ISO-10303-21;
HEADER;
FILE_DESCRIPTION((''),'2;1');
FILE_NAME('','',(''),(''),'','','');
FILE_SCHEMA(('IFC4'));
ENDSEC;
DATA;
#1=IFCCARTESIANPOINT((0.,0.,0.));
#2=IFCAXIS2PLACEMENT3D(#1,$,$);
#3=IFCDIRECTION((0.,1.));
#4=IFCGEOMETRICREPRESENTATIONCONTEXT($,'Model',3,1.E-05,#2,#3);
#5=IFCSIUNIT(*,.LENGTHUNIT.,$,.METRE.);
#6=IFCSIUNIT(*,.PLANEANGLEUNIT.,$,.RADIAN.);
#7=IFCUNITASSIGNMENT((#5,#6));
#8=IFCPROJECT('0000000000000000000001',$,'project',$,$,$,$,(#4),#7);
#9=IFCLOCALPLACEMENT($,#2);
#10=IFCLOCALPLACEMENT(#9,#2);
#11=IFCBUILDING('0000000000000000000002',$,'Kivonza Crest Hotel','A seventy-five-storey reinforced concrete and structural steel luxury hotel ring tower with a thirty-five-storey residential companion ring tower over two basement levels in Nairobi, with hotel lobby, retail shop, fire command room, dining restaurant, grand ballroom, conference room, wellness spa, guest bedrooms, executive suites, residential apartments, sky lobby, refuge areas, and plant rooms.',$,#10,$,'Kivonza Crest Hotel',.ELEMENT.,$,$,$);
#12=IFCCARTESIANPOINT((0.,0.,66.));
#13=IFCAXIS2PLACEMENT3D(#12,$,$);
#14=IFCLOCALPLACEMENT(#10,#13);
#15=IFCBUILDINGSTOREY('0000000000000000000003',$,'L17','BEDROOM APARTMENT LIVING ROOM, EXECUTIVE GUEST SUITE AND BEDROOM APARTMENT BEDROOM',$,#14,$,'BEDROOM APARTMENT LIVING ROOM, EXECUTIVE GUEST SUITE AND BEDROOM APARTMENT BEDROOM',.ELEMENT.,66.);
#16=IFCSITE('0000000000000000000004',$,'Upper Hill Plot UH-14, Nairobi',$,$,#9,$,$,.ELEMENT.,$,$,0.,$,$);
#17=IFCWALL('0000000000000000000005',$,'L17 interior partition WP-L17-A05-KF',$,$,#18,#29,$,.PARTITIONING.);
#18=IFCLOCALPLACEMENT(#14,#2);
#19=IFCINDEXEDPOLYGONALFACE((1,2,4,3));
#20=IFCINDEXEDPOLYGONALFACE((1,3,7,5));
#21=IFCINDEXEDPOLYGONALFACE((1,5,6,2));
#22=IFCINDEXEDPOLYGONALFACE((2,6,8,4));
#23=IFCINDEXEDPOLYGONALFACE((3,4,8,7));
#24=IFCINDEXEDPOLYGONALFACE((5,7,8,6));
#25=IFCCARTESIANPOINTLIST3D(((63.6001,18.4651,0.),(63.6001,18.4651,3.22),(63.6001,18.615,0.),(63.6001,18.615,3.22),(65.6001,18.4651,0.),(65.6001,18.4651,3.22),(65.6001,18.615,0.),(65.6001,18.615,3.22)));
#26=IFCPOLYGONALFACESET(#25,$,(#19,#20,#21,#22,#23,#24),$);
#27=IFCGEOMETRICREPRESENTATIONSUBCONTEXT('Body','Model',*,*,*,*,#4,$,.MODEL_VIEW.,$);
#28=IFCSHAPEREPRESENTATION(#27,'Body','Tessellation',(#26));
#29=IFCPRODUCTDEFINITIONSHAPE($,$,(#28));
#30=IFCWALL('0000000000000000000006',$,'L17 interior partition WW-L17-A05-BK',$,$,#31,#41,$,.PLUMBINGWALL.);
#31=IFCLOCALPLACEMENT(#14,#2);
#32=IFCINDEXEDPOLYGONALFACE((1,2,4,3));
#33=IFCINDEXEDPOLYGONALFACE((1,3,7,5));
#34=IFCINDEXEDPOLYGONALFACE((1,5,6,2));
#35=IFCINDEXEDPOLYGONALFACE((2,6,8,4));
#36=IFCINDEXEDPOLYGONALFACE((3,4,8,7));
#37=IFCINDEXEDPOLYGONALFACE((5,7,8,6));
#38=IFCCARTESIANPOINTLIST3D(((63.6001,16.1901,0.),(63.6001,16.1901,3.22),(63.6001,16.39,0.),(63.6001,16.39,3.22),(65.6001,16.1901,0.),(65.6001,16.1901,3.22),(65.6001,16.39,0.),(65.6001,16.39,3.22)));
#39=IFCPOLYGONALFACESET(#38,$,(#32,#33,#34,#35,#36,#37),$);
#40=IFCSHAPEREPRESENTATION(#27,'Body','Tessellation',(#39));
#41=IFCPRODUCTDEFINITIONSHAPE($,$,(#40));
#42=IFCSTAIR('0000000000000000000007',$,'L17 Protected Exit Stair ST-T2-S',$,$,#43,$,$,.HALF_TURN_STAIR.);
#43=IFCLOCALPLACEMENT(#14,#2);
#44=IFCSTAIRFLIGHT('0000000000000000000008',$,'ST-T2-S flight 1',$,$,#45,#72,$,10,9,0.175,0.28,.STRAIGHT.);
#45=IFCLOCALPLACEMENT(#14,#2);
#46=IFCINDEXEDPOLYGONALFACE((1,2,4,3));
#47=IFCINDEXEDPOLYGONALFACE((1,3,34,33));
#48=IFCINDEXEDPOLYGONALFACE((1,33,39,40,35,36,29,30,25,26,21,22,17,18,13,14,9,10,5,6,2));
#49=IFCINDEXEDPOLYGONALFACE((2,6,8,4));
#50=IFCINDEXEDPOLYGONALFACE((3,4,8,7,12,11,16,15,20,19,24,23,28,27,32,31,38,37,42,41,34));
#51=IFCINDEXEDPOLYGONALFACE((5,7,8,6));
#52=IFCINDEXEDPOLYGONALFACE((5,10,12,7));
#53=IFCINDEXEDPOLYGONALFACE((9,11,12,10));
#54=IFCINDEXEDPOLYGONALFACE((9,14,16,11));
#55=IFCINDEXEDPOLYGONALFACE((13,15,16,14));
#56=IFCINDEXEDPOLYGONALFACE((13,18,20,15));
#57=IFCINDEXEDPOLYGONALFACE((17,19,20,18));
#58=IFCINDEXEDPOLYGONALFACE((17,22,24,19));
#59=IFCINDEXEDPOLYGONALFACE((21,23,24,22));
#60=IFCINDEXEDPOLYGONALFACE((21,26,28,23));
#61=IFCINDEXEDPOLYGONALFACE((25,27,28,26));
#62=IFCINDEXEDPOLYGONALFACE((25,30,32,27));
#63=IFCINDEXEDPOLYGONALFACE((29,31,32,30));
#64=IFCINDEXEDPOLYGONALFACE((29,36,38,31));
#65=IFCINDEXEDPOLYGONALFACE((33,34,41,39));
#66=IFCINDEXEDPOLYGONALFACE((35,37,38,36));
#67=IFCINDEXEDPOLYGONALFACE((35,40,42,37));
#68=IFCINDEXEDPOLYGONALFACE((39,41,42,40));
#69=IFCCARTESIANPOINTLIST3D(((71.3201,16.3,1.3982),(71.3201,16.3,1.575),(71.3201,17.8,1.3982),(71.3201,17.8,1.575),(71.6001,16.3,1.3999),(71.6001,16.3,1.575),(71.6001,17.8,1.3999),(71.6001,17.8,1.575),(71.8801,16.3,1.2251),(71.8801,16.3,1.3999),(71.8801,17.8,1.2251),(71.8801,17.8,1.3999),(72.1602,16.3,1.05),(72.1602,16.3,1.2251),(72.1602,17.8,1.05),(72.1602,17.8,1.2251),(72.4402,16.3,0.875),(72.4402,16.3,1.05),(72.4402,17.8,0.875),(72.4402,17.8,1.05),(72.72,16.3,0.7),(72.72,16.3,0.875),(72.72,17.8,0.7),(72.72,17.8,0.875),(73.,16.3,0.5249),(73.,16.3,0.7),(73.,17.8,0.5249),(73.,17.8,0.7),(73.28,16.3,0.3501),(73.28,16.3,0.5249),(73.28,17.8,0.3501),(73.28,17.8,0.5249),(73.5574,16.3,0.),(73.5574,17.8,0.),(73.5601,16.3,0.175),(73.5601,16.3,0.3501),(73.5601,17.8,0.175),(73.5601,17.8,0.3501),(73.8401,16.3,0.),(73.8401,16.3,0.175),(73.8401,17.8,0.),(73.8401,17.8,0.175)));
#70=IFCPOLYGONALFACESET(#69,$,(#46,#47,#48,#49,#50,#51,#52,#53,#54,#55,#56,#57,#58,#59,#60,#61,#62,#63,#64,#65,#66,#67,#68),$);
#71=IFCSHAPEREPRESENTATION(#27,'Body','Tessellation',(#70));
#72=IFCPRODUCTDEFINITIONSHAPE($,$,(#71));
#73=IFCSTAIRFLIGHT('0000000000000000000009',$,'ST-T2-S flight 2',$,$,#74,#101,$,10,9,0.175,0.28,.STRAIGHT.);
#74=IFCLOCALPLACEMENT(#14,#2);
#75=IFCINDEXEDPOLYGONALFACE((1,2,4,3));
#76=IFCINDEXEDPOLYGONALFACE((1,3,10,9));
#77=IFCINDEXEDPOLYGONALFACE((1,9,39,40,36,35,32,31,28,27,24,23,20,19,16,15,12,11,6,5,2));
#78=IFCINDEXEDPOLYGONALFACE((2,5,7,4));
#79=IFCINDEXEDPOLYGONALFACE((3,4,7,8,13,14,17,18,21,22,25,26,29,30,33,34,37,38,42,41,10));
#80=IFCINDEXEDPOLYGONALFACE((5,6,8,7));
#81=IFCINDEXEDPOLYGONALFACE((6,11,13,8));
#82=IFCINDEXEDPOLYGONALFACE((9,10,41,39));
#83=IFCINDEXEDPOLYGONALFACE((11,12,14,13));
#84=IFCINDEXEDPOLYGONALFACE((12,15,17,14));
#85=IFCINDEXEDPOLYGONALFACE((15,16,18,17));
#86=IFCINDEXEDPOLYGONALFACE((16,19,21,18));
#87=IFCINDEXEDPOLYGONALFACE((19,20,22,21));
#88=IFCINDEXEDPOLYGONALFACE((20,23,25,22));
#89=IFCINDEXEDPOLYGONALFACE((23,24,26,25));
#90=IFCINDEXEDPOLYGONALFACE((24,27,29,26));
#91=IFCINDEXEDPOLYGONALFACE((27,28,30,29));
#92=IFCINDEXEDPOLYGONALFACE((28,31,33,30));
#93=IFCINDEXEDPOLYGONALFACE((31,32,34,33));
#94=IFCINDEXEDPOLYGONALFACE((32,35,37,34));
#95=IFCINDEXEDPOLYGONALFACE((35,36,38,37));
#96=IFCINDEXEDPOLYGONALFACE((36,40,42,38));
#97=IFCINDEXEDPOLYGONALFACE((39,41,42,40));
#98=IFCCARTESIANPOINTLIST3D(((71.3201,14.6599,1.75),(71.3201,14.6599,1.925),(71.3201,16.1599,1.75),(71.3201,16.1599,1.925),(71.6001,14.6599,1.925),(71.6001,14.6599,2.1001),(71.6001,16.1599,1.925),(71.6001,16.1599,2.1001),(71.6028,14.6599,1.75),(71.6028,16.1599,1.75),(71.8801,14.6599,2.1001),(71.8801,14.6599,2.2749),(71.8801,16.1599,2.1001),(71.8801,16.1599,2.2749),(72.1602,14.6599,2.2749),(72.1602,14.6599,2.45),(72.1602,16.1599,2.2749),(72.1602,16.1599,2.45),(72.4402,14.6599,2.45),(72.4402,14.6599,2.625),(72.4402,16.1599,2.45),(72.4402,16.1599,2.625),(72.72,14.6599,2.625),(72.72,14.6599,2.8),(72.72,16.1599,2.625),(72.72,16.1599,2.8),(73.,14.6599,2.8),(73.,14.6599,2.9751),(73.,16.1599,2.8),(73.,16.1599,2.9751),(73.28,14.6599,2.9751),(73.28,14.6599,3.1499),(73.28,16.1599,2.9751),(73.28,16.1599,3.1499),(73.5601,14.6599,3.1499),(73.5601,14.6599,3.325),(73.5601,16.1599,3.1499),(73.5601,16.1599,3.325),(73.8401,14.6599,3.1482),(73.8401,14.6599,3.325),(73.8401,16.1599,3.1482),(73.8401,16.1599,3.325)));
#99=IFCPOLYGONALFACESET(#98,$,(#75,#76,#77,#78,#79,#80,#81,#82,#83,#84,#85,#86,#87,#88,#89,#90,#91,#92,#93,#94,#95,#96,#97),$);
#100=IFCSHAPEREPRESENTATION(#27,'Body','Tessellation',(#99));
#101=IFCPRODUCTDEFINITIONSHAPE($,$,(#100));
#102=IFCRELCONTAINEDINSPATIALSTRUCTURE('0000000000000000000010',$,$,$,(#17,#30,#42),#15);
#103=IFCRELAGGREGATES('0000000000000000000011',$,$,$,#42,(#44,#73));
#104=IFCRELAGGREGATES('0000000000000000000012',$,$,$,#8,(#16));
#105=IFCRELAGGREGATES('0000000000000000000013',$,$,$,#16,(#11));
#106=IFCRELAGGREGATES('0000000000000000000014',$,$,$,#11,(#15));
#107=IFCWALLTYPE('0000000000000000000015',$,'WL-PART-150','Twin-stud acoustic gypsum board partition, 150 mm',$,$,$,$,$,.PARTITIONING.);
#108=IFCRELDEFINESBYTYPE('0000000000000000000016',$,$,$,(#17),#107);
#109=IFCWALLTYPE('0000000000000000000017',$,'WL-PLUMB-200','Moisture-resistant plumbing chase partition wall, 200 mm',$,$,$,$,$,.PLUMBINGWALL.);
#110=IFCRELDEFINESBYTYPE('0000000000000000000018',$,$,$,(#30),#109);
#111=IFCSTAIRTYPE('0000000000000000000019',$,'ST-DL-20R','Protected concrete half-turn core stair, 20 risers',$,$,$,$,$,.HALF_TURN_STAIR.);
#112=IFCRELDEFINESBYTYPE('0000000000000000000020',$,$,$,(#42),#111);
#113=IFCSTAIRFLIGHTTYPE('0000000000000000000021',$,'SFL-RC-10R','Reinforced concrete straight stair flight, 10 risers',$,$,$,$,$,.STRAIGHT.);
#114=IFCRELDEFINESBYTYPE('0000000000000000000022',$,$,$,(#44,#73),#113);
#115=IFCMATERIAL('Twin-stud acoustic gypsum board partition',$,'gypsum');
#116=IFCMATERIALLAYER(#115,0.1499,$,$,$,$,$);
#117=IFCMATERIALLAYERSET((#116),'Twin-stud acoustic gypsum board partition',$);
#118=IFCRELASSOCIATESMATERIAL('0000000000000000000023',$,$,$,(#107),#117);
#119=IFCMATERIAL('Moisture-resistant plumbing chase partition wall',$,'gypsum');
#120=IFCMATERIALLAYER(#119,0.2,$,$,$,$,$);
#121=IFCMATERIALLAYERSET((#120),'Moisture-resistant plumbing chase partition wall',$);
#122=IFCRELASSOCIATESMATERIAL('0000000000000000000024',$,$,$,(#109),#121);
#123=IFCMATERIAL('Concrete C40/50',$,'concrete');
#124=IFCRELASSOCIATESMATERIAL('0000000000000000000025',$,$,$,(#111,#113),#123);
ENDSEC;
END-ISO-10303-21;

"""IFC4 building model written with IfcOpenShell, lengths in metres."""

from ifc_helpers import new_model, si_unit, direction, frame, frame_2d, origin, place, context, subcontext, project, spatial, polyline, rectangle, outline, extrude, material, layer, layer_set, type_object, element, aggregate, save


model = new_model("IFC4")

# Units and contexts
model_context = context("Model", 3, precision=1e-05, world=origin(), true_north=direction((0.0, 1.0)))
body_context = subcontext(model_context, "Body", "Model", "MODEL_VIEW")
ifc_project = project(units=[si_unit("LENGTHUNIT", "METRE"), si_unit("PLANEANGLEUNIT", "RADIAN")], contexts=[model_context])

# Site, building, storey
site_placement = place(None, origin())
site = spatial("IfcSite", under=ifc_project, at=site_placement, Name="Upper Hill Plot UH-14, Nairobi", CompositionType="ELEMENT", RefElevation=0.0)
building_placement = place(site_placement, origin())
building = spatial("IfcBuilding", under=site, at=building_placement, Name="Kivonza Crest Hotel", Description="A seventy-five-storey reinforced concrete and structural steel luxury hotel ring tower with a thirty-five-storey residential companion ring tower over two basement levels in Nairobi, with hotel lobby, retail shop, fire command room, dining restaurant, grand ballroom, conference room, wellness spa, guest bedrooms, executive suites, residential apartments, sky lobby, refuge areas, and plant rooms.", LongName="Kivonza Crest Hotel", CompositionType="ELEMENT")
storey_placement = place(building_placement, frame((0.0, 0.0, 66.0)))
storey = spatial("IfcBuildingStorey", under=building, at=storey_placement, Name="L17", Description="BEDROOM APARTMENT LIVING ROOM, EXECUTIVE GUEST SUITE AND BEDROOM APARTMENT BEDROOM", LongName="BEDROOM APARTMENT LIVING ROOM, EXECUTIVE GUEST SUITE AND BEDROOM APARTMENT BEDROOM", CompositionType="ELEMENT", Elevation=66.0)

# Walls
ifc_material_1 = material(Name="Twin-stud acoustic gypsum board partition", Category="gypsum")
ifc_layer_1 = layer(ifc_material_1, 0.1499)
ifc_layer_set_1 = layer_set([ifc_layer_1], Name="Twin-stud acoustic gypsum board partition")
wall_type_1 = type_object("IfcWallType", Name="WL-PART-150", Description="Twin-stud acoustic gypsum board partition, 150 mm", PredefinedType="PARTITIONING", material=ifc_layer_set_1)
wall_1_placement = place(storey_placement, frame((63.6001, 18.54, 0.0), z_axis=(0.0, 0.0, 1.0), x_axis=(1.0, 0.0, 0.0)))
element("IfcWall", 1, at=wall_1_placement, inside=storey, type_object=wall_type_1, Name="L17 interior partition WP-L17-A05-KF", PredefinedType="PARTITIONING", context=body_context, shape_type="SweptSolid", body=[
    extrude(rectangle(XDim=2.0, YDim=0.1499, at=frame_2d((1.0, 0.0))), origin(), (0.0, 0.0, 1.0), 3.22),
])
ifc_material_2 = material(Name="Moisture-resistant plumbing chase partition wall", Category="gypsum")
ifc_layer_2 = layer(ifc_material_2, 0.2)
ifc_layer_set_2 = layer_set([ifc_layer_2], Name="Moisture-resistant plumbing chase partition wall")
wall_type_2 = type_object("IfcWallType", Name="WL-PLUMB-200", Description="Moisture-resistant plumbing chase partition wall, 200 mm", PredefinedType="PLUMBINGWALL", material=ifc_layer_set_2)
wall_2_placement = place(storey_placement, frame((63.6001, 16.29, 0.0), z_axis=(0.0, 0.0, 1.0), x_axis=(1.0, 0.0, 0.0)))
element("IfcWall", 2, at=wall_2_placement, inside=storey, type_object=wall_type_2, Name="L17 interior partition WW-L17-A05-BK", PredefinedType="PLUMBINGWALL", context=body_context, shape_type="SweptSolid", body=[
    extrude(rectangle(XDim=2.0, YDim=0.2, at=frame_2d((1.0, 0.0))), origin(), (0.0, 0.0, 1.0), 3.22),
])

# Stair, stair flights
ifc_material_3 = material(Name="Concrete C40/50", Category="concrete")
stair_type = type_object("IfcStairType", Name="ST-DL-20R", Description="Protected concrete half-turn core stair, 20 risers", PredefinedType="HALF_TURN_STAIR", material=ifc_material_3)
stair_placement = place(storey_placement, origin())
stair = element("IfcStair", 3, at=stair_placement, inside=storey, type_object=stair_type, Name="L17 Protected Exit Stair ST-T2-S", PredefinedType="HALF_TURN_STAIR")
stair_flight_type = type_object("IfcStairFlightType", Name="SFL-RC-10R", Description="Reinforced concrete straight stair flight, 10 risers", PredefinedType="STRAIGHT", material=ifc_material_3)
stair_flight_1_placement = place(storey_placement, frame((73.8401, 17.05, 0.0), z_axis=(0.0, 0.0, 1.0), x_axis=(-1.0, 0.0, 0.0)))
stair_flight_1 = element("IfcStairFlight", 4, at=stair_flight_1_placement, type_object=stair_flight_type, Name="ST-T2-S flight 1", NumberOfRisers=10, NumberOfTreads=9, PredefinedType="STRAIGHT", RiserHeight=0.175, TreadLength=0.28, context=body_context, shape_type="SweptSolid", body=[
    extrude(outline(polyline([(0.0, 0.0), (0.0, 0.175), (0.28, 0.175), (0.28, 0.3501), (0.5601, 0.3501), (0.5601, 0.5249), (0.8401, 0.5249), (0.8401, 0.7), (1.1201, 0.7), (1.1201, 0.875), (1.3999, 0.875), (1.3999, 1.05), (1.6799, 1.05), (1.6799, 1.2251), (1.96, 1.2251), (1.96, 1.3999), (2.24, 1.3999), (2.24, 1.575), (2.52, 1.575), (2.52, 1.75), (2.52, 1.3982), (0.2827, 0.0), (0.0, 0.0)])), frame((0.0, 0.75, 0.0), z_axis=(0.0, -1.0, 0.0), x_axis=(1.0, 0.0, 0.0)), (0.0, 0.0, 1.0), 1.5),
])
stair_flight_2_placement = place(storey_placement, frame((71.3201, 15.4099, 1.75), z_axis=(0.0, 0.0, 1.0), x_axis=(1.0, 0.0, 0.0)))
stair_flight_2 = element("IfcStairFlight", 5, at=stair_flight_2_placement, type_object=stair_flight_type, Name="ST-T2-S flight 2", NumberOfRisers=10, NumberOfTreads=9, PredefinedType="STRAIGHT", RiserHeight=0.175, TreadLength=0.28, context=body_context, shape_type="SweptSolid", body=[
    extrude(outline(polyline([(0.0, 0.0), (0.0, 0.175), (0.28, 0.175), (0.28, 0.3501), (0.5601, 0.3501), (0.5601, 0.5249), (0.8401, 0.5249), (0.8401, 0.7), (1.1201, 0.7), (1.1201, 0.875), (1.3999, 0.875), (1.3999, 1.05), (1.6799, 1.05), (1.6799, 1.2251), (1.96, 1.2251), (1.96, 1.3999), (2.24, 1.3999), (2.24, 1.575), (2.52, 1.575), (2.52, 1.75), (2.52, 1.3982), (0.2827, 0.0), (0.0, 0.0)])), frame((0.0, 0.75, 0.0), z_axis=(0.0, -1.0, 0.0), x_axis=(1.0, 0.0, 0.0)), (0.0, 0.0, 1.0), 1.5),
])
aggregate(stair, [stair_flight_1, stair_flight_2])

save(model, "model.ifc")
